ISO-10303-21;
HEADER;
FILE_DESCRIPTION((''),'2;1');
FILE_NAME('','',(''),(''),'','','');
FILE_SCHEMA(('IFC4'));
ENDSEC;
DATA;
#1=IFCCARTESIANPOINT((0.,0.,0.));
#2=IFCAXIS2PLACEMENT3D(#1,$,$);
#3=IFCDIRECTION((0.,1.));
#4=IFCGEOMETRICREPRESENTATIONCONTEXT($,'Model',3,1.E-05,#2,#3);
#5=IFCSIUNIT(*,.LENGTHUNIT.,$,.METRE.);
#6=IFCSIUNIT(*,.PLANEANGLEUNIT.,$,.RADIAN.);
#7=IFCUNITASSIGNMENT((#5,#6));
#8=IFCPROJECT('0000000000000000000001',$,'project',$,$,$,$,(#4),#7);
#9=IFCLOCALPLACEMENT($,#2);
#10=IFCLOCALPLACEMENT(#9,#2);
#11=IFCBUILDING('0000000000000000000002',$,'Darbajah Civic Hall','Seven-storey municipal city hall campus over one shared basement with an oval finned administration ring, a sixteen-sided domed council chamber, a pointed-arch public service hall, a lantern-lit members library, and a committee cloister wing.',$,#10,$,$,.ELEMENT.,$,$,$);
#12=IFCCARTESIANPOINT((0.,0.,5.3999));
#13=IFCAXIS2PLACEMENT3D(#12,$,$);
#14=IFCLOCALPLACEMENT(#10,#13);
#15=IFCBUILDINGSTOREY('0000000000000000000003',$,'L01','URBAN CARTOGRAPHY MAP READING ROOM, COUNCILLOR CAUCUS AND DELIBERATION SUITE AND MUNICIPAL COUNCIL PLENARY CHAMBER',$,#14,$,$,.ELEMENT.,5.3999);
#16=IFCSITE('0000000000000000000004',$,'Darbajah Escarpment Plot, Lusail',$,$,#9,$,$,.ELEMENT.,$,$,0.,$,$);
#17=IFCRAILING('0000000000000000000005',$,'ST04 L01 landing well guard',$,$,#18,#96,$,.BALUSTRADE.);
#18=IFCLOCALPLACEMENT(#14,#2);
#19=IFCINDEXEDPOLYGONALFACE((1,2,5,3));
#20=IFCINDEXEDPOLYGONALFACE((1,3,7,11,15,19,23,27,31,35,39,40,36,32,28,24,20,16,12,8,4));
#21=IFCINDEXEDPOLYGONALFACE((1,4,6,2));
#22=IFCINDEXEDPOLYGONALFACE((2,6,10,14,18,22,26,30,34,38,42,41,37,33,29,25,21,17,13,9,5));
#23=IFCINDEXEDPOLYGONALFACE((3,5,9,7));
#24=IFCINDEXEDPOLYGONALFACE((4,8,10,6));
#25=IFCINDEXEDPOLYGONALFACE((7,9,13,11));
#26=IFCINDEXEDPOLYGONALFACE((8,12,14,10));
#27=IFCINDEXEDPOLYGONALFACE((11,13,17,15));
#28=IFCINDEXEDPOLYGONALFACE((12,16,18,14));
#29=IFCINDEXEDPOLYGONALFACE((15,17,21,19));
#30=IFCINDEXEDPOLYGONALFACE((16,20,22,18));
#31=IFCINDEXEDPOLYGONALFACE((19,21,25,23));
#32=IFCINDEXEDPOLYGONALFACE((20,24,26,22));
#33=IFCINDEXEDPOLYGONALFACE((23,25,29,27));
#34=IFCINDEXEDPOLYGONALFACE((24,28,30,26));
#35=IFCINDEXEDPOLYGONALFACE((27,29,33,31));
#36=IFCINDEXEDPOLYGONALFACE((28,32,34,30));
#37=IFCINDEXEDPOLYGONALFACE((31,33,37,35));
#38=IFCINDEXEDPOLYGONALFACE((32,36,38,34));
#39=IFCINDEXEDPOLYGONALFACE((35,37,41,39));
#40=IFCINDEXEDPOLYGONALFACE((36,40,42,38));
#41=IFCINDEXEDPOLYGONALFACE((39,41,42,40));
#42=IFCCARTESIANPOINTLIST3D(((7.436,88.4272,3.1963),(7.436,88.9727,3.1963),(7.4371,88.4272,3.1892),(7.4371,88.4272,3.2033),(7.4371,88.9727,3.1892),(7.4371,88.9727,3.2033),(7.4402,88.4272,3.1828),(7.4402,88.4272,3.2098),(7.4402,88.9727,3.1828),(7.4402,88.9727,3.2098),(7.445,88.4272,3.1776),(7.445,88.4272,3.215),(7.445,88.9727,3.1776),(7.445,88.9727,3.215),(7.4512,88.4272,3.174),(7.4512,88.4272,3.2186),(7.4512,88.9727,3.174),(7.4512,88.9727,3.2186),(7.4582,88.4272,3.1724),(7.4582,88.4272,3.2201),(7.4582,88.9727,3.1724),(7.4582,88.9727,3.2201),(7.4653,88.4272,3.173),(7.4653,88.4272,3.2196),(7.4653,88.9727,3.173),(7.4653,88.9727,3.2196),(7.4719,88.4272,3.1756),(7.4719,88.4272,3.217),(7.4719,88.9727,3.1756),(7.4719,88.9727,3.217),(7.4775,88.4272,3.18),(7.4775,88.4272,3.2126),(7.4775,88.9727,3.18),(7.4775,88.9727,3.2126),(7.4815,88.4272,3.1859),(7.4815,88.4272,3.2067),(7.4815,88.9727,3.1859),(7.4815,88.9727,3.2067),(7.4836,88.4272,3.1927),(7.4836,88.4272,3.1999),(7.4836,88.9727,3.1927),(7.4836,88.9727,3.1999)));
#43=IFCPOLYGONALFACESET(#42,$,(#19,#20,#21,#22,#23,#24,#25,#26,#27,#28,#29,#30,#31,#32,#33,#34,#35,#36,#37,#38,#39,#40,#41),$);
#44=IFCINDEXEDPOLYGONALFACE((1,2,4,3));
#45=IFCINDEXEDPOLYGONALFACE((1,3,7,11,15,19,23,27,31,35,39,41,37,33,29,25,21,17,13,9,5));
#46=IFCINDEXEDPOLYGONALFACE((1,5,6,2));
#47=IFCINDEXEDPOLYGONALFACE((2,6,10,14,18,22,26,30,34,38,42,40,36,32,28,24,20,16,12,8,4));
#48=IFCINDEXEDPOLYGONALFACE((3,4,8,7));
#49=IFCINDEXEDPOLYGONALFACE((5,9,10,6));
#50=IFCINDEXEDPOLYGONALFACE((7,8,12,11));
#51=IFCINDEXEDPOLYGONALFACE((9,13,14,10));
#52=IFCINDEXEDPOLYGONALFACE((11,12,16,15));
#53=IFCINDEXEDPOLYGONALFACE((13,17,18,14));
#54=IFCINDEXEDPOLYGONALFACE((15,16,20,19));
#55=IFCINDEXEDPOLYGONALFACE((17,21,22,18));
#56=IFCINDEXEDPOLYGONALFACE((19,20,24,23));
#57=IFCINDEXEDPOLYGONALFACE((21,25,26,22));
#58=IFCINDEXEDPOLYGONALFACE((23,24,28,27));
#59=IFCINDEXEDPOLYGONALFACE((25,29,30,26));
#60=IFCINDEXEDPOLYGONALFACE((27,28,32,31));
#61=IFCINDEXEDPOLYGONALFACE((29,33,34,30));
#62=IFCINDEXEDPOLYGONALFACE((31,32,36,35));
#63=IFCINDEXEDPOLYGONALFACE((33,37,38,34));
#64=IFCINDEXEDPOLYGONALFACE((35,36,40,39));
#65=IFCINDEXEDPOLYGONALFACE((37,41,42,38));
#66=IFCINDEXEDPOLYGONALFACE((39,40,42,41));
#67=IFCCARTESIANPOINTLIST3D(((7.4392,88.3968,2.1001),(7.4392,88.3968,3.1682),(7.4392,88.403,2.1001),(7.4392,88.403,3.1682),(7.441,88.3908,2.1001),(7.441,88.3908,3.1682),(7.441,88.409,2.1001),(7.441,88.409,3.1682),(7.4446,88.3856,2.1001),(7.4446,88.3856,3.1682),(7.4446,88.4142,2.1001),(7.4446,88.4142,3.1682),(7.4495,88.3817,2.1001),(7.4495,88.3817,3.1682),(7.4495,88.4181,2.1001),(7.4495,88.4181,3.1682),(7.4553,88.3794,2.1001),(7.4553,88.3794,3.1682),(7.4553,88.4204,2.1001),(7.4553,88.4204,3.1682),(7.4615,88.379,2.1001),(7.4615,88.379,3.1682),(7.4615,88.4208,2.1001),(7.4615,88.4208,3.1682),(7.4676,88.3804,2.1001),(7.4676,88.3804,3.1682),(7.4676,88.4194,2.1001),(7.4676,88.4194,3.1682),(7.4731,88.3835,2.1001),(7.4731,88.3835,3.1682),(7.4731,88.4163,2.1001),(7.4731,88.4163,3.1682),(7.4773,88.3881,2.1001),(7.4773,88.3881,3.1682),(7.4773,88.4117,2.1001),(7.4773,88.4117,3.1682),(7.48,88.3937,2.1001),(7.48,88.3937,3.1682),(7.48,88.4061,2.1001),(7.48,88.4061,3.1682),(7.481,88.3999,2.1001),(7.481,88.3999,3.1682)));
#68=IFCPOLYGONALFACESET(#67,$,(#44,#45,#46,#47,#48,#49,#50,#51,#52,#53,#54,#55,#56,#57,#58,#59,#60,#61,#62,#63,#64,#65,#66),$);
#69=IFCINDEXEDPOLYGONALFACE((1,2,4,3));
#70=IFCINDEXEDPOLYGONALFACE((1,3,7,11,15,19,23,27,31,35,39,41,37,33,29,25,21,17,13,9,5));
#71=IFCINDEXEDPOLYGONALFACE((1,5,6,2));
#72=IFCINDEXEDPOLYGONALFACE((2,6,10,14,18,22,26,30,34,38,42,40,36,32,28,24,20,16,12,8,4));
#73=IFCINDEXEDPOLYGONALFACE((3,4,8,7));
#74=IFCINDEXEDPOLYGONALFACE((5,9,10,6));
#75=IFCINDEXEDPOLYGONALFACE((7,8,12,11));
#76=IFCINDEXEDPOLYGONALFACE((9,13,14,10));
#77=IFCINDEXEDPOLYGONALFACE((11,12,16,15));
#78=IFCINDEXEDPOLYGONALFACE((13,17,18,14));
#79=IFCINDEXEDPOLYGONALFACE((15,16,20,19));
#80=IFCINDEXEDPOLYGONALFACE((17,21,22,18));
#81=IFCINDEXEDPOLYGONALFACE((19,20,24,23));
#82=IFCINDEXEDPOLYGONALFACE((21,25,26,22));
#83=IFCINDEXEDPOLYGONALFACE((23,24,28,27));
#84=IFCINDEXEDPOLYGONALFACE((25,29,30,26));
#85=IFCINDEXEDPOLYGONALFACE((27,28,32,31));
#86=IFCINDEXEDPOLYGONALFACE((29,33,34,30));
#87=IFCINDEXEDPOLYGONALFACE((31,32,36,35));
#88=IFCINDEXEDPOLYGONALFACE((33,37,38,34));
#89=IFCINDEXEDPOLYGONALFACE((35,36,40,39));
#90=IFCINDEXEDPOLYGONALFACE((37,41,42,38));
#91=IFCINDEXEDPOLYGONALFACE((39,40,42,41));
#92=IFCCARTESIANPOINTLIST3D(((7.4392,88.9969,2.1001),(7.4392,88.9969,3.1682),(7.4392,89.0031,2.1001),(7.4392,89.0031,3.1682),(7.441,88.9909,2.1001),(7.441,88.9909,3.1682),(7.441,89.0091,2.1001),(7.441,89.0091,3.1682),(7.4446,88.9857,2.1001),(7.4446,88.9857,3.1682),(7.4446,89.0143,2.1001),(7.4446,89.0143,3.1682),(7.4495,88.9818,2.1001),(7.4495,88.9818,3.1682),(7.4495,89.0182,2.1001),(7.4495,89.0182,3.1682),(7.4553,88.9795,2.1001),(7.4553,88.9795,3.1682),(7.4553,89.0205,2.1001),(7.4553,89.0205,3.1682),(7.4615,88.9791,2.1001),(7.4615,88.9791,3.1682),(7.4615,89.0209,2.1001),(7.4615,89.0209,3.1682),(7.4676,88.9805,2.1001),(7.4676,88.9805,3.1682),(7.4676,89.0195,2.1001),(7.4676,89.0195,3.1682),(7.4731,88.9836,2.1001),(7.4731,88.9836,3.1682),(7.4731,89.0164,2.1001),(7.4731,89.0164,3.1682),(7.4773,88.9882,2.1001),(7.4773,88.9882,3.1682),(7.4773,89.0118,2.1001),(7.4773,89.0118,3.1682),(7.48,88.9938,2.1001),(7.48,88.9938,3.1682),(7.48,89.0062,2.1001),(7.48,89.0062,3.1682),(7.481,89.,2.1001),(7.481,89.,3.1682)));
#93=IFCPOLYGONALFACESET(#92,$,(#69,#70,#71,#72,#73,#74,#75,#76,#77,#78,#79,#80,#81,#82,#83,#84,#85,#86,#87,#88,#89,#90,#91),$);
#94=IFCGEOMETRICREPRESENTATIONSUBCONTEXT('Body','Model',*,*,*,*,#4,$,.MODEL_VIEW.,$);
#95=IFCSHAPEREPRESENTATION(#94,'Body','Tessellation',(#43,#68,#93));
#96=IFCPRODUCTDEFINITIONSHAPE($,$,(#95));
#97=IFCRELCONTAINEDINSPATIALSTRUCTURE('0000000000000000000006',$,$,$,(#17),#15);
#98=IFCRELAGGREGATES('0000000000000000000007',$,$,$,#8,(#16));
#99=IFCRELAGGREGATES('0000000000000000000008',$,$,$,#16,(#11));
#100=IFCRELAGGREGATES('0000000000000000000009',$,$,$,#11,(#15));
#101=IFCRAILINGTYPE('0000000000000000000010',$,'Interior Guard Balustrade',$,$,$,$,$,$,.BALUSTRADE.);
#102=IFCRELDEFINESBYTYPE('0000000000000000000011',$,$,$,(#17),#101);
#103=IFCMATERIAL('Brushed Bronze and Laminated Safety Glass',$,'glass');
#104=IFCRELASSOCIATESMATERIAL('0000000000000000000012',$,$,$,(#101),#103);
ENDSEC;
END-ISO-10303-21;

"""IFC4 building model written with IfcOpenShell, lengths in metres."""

from ifc_helpers import new_model, si_unit, direction, frame, origin, origin_2d, place, context, subcontext, project, spatial, circle, extrude, material, type_object, element, save


model = new_model("IFC4")

# Units and contexts
model_context = context("Model", 3, precision=1e-05, world=origin(), true_north=direction((0.0, 1.0)))
body_context = subcontext(model_context, "Body", "Model", "MODEL_VIEW")
ifc_project = project(units=[si_unit("LENGTHUNIT", "METRE"), si_unit("PLANEANGLEUNIT", "RADIAN")], contexts=[model_context])

# Site, building, storey
site_placement = place(None, origin())
site = spatial("IfcSite", under=ifc_project, at=site_placement, Name="Darbajah Escarpment Plot, Lusail", CompositionType="ELEMENT", RefElevation=0.0)
building_placement = place(site_placement, origin())
building = spatial("IfcBuilding", under=site, at=building_placement, Name="Darbajah Civic Hall", Description="Seven-storey municipal city hall campus over one shared basement with an oval finned administration ring, a sixteen-sided domed council chamber, a pointed-arch public service hall, a lantern-lit members library, and a committee cloister wing.", CompositionType="ELEMENT")
storey_placement = place(building_placement, frame((0.0, 0.0, 5.3999)))
storey = spatial("IfcBuildingStorey", under=building, at=storey_placement, Name="L01", Description="URBAN CARTOGRAPHY MAP READING ROOM, COUNCILLOR CAUCUS AND DELIBERATION SUITE AND MUNICIPAL COUNCIL PLENARY CHAMBER", CompositionType="ELEMENT", Elevation=5.3999)

# Railing
ifc_material_1 = material(Name="Brushed Bronze and Laminated Safety Glass", Category="glass")
railing_type_1 = type_object("IfcRailingType", Name="Interior Guard Balustrade", PredefinedType="BALUSTRADE", material=ifc_material_1)
railing_1_placement = place(storey_placement, frame((7.46, 88.3999, 2.1001)))
element("IfcRailing", 1, at=railing_1_placement, inside=storey, type_object=railing_type_1, Name="ST04 L01 landing well guard", PredefinedType="BALUSTRADE", context=body_context, shape_type="SweptSolid", body=[
    extrude(circle(Radius=0.0239, at=origin_2d()), frame((0.0, 0.0273, 1.0962), z_axis=(0.0, 1.0, 0.0), x_axis=(-1.0, 0.0, 0.0)), (0.0, 0.0, 1.0), 0.5454),
    extrude(circle(Radius=0.021, at=origin_2d()), origin(), (0.0, 0.0, 1.0), 1.0681),
    extrude(circle(Radius=0.021, at=origin_2d()), frame((0.0, 0.6001, 0.0)), (0.0, 0.0, 1.0), 1.0681),
])

save(model, "model.ifc")
